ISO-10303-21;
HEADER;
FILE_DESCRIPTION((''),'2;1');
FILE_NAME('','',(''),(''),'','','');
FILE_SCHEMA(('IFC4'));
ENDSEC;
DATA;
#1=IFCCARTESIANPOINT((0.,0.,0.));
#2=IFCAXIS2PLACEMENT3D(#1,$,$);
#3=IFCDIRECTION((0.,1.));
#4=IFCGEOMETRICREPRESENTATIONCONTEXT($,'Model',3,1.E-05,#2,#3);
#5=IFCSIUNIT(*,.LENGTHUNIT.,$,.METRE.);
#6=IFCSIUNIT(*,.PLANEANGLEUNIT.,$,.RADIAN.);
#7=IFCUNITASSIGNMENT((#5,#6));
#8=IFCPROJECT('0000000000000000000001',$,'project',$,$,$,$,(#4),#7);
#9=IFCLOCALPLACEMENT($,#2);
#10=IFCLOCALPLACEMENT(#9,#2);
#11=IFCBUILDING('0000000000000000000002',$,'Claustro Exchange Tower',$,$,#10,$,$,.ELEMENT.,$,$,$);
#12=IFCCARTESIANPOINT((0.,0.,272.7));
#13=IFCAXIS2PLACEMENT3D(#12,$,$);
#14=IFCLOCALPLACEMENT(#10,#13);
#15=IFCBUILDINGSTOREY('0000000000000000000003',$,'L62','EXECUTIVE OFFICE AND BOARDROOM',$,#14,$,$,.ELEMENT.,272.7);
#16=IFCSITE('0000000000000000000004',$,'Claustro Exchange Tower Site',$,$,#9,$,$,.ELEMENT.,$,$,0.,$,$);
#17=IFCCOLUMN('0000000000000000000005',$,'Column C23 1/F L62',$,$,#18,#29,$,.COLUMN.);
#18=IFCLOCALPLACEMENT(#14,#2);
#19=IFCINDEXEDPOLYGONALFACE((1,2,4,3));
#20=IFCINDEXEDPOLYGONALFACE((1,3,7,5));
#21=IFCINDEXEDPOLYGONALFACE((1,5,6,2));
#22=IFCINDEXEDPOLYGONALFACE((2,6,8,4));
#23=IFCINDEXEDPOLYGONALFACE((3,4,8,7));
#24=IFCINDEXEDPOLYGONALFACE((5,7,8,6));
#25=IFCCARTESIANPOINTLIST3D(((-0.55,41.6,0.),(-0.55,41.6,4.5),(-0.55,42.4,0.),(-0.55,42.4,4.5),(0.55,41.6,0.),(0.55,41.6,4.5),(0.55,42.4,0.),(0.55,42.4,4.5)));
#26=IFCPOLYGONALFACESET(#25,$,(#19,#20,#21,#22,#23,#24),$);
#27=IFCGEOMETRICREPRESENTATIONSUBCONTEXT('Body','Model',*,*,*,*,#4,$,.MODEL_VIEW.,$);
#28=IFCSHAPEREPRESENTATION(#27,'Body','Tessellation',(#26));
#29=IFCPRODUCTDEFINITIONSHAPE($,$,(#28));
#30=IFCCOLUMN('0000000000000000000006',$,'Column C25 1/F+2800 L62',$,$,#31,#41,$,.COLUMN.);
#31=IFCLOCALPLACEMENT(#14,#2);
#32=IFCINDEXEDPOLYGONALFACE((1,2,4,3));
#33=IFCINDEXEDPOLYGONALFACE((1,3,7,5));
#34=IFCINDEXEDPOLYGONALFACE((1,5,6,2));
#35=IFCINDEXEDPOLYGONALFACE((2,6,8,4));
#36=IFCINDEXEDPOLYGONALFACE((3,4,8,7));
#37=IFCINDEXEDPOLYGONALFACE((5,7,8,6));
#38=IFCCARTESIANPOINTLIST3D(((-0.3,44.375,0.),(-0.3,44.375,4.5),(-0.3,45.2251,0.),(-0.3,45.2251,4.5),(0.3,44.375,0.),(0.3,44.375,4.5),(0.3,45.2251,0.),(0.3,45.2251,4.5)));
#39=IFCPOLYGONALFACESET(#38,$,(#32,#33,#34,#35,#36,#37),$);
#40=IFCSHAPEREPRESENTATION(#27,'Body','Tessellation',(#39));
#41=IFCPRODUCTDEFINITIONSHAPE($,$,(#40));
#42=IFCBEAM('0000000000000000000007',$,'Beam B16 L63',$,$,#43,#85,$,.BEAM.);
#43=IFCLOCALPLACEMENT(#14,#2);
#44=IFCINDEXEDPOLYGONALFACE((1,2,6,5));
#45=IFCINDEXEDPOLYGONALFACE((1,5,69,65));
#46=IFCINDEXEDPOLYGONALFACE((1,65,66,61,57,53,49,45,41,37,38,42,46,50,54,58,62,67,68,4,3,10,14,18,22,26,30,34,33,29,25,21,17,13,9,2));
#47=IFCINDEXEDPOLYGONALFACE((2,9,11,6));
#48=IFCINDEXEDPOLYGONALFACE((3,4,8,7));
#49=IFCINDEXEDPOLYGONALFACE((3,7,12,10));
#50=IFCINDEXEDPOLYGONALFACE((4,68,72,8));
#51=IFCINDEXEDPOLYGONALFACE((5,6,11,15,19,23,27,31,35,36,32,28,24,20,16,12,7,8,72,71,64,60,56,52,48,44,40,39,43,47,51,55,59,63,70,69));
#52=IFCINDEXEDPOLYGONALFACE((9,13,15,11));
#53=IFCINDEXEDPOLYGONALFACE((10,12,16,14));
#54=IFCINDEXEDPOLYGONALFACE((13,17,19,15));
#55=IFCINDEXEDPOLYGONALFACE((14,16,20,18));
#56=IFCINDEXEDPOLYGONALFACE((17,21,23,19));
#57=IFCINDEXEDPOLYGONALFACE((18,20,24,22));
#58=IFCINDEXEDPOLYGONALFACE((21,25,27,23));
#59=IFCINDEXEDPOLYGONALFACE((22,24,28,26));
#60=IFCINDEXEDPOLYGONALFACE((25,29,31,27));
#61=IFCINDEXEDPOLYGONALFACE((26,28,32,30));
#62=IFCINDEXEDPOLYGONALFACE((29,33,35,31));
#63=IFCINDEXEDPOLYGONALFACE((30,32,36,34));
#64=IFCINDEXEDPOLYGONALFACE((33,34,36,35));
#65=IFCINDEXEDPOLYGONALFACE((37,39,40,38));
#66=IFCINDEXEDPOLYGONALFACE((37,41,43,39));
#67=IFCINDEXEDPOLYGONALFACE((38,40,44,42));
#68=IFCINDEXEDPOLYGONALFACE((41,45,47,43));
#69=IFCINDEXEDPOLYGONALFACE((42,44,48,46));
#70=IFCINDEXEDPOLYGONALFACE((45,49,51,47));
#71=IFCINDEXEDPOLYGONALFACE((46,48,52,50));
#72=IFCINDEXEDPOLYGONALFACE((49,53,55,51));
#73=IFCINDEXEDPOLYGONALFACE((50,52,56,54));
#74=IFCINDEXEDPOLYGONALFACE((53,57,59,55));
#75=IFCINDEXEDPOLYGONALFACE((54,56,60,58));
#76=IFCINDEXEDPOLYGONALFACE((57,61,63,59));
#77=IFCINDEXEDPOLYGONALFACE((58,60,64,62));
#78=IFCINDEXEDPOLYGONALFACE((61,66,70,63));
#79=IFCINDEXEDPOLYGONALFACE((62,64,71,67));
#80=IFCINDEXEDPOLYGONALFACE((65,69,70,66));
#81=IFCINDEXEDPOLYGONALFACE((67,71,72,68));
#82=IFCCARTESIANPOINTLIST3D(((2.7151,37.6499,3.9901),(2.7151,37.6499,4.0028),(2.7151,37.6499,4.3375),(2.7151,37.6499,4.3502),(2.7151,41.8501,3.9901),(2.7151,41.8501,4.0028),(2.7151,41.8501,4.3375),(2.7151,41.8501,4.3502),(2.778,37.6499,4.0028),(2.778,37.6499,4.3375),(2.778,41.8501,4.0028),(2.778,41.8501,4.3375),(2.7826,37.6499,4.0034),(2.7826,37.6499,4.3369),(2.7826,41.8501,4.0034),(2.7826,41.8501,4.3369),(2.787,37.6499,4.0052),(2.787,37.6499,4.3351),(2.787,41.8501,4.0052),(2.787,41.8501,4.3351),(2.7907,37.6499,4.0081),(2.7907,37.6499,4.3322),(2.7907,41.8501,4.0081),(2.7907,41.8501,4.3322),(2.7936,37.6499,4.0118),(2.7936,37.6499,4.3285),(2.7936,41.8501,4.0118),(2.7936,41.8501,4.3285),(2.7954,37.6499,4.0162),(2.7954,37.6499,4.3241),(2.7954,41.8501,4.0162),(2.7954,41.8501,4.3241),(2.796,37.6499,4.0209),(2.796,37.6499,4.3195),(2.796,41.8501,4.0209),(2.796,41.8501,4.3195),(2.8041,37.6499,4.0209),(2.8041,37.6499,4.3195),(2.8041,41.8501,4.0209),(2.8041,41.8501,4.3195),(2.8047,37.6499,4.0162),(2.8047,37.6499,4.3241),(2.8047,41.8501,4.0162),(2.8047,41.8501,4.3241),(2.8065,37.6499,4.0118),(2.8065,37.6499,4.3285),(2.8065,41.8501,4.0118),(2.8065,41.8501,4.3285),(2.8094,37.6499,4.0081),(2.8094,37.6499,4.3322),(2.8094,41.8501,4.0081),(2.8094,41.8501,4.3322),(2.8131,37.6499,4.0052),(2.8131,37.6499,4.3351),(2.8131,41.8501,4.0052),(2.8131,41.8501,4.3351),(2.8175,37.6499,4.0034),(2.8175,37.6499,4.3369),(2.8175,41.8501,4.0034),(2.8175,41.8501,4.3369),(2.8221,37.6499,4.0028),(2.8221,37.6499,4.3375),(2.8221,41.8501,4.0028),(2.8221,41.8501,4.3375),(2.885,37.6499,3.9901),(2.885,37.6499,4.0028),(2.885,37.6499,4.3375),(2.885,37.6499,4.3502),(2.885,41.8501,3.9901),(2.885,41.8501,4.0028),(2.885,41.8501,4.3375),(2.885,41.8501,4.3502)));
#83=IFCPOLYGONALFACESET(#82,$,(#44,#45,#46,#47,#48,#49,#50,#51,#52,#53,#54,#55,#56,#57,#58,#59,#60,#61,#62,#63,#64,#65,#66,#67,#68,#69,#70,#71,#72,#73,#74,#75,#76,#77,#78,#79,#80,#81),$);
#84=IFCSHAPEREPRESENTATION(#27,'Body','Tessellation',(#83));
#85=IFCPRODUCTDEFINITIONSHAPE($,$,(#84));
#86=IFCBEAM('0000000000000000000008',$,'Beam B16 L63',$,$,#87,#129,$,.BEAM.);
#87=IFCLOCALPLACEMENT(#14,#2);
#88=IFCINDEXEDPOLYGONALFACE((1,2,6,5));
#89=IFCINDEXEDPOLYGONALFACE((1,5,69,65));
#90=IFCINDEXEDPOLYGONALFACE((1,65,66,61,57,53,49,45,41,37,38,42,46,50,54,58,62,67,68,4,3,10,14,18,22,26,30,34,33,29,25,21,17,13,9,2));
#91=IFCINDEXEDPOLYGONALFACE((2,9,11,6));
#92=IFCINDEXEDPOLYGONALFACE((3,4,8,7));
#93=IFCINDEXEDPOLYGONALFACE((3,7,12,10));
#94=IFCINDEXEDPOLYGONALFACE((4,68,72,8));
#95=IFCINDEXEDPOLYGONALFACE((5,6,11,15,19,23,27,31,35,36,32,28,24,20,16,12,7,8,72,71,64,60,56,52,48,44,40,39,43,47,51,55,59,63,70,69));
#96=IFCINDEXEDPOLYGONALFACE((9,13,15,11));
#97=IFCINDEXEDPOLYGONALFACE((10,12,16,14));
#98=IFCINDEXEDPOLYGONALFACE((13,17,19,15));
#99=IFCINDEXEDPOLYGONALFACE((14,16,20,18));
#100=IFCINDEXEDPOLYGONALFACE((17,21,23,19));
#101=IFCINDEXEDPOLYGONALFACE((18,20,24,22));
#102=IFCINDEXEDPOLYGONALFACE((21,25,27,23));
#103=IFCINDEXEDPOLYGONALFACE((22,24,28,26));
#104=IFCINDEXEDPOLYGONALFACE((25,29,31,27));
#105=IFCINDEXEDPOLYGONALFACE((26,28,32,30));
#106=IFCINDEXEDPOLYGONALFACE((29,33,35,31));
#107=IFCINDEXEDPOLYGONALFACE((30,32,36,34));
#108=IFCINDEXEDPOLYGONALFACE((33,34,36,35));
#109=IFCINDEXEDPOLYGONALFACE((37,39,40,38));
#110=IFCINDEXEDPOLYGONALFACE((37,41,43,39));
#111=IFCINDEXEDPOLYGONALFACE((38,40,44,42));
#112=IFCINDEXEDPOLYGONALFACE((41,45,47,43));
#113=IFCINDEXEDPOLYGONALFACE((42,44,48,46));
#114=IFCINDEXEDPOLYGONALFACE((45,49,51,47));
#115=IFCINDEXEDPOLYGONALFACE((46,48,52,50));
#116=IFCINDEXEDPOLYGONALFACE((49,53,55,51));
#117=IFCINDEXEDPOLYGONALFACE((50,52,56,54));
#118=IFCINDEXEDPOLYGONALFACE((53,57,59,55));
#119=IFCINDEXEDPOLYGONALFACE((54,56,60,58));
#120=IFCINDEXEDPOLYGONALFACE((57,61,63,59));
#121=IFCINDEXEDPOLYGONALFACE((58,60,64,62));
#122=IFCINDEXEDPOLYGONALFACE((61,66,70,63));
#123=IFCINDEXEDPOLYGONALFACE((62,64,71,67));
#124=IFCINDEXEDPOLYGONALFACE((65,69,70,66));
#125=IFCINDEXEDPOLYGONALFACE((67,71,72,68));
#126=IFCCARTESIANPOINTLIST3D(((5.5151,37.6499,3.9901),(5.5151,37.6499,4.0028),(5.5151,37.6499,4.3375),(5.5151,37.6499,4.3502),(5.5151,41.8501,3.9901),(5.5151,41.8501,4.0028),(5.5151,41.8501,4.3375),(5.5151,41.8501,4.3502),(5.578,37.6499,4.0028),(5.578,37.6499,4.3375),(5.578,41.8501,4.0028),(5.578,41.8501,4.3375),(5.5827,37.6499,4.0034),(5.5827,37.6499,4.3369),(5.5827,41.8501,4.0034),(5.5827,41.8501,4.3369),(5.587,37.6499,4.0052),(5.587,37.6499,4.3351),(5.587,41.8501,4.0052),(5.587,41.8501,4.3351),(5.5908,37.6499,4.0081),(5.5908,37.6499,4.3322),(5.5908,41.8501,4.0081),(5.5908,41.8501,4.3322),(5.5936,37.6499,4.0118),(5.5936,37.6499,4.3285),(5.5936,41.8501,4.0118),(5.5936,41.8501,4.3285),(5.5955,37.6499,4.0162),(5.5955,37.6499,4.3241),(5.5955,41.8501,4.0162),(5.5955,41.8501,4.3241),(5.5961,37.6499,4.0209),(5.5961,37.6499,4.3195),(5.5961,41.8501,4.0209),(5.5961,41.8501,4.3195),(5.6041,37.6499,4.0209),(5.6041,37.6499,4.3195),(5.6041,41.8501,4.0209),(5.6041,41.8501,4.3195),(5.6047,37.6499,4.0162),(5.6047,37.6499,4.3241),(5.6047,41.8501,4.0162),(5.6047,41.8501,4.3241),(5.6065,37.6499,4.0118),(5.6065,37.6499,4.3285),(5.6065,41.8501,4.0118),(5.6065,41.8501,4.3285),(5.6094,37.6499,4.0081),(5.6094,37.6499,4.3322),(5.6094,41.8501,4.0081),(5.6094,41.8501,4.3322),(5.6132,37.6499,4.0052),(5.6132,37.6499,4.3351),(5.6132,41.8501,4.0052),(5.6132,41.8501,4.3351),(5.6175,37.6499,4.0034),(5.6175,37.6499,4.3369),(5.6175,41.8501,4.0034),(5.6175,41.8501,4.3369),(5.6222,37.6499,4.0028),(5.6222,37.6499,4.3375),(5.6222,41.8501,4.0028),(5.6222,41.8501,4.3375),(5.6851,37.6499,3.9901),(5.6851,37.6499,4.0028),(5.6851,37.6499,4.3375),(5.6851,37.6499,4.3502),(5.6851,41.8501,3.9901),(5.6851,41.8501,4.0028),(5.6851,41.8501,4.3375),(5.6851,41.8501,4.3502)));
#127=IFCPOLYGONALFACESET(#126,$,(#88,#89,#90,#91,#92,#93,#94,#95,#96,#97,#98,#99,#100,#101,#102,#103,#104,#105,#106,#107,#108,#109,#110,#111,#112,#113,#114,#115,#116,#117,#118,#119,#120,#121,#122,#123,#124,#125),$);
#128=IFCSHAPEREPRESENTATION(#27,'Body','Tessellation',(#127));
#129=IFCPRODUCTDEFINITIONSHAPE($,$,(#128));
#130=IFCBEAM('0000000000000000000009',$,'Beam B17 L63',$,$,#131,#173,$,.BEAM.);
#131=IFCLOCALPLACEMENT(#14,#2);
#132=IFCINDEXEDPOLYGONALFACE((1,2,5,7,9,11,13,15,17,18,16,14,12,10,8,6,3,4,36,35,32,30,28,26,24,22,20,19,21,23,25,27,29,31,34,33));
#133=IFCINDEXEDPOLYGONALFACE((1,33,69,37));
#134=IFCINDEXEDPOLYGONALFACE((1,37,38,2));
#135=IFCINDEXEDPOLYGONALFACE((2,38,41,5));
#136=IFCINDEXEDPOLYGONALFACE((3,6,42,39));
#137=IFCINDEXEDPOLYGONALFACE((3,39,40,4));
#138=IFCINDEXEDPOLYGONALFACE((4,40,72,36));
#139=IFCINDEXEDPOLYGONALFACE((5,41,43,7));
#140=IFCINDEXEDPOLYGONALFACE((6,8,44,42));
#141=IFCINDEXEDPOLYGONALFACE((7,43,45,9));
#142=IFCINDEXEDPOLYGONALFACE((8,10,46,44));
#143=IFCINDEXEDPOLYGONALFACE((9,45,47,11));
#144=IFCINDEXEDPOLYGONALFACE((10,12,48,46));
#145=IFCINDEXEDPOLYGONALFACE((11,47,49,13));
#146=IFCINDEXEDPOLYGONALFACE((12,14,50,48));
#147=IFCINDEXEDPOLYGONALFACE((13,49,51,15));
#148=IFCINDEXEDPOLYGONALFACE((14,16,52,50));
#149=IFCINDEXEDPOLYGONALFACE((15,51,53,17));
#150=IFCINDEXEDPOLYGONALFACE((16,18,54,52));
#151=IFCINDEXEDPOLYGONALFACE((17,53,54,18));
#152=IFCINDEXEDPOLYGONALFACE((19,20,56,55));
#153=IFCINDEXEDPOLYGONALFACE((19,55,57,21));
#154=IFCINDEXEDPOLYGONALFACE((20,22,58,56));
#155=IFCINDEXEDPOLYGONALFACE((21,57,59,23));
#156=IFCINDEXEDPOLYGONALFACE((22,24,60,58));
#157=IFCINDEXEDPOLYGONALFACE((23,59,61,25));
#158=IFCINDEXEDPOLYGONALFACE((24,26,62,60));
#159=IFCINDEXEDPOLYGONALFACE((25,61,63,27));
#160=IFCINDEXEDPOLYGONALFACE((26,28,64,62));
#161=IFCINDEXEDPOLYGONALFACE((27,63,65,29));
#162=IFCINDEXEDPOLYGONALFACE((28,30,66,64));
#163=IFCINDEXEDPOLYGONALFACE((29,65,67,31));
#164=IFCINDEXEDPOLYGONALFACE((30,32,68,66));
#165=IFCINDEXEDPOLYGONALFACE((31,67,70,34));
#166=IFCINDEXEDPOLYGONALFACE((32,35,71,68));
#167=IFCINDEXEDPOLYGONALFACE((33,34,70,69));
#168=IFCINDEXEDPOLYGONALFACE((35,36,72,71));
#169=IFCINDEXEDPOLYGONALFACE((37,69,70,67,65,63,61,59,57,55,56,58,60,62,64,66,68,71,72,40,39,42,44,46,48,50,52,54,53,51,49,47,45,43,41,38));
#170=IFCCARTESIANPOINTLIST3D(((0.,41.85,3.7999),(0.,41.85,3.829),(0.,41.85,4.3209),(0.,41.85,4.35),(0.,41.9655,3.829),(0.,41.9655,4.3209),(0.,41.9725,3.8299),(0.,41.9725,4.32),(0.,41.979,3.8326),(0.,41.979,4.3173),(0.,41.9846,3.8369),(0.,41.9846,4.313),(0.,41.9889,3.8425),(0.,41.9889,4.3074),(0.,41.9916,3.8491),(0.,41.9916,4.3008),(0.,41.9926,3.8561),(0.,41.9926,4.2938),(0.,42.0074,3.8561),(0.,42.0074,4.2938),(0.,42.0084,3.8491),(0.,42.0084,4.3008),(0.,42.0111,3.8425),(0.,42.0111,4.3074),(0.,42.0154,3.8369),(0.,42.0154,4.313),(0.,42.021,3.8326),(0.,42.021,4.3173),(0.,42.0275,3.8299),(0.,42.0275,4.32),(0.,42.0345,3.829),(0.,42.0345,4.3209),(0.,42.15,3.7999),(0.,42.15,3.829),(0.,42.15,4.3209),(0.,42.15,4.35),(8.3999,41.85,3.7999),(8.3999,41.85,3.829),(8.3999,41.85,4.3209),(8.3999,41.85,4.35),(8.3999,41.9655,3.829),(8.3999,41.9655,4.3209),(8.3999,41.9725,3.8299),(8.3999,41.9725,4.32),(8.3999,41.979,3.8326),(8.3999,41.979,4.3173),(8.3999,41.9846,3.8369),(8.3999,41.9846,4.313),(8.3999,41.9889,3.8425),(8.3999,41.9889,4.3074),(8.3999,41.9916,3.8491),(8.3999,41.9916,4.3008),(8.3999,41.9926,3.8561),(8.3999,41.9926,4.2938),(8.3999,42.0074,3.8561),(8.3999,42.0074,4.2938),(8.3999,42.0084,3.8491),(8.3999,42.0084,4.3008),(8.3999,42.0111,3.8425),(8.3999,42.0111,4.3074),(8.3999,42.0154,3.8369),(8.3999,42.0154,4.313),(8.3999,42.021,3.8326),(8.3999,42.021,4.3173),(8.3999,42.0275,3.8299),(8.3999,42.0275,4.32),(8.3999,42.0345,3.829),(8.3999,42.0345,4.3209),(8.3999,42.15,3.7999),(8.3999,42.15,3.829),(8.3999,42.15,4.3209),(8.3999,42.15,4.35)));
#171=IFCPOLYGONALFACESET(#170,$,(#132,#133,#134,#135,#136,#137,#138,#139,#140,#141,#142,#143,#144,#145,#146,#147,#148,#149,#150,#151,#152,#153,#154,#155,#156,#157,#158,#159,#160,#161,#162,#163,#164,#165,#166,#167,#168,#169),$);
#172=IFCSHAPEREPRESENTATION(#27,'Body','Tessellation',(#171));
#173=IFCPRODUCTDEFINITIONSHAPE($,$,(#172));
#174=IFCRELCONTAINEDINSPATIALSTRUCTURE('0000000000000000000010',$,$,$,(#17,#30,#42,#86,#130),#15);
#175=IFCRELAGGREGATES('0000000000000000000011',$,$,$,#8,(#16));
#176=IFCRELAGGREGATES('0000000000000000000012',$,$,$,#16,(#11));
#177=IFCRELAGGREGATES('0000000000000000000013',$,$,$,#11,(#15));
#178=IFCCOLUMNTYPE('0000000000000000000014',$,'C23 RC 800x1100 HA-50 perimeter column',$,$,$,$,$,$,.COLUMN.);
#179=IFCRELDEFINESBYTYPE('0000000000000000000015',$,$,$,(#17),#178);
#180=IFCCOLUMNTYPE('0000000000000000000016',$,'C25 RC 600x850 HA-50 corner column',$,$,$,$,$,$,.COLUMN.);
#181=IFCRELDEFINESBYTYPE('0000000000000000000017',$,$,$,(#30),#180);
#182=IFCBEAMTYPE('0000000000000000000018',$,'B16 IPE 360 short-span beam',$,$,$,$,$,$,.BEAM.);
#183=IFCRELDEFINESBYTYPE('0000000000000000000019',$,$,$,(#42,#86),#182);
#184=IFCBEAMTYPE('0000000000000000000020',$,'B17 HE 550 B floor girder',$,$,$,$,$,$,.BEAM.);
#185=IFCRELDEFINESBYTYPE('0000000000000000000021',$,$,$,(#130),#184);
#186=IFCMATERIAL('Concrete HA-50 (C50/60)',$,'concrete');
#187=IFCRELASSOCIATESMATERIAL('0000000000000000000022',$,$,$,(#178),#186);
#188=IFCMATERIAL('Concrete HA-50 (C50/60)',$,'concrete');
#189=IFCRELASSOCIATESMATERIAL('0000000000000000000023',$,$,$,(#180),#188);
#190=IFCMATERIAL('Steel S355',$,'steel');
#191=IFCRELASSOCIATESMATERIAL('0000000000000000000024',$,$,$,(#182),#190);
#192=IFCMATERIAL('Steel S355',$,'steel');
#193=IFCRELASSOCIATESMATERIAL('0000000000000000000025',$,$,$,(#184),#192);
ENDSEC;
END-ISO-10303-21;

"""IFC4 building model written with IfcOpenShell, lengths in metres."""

from ifc_helpers import new_model, si_unit, direction, frame, origin, origin_2d, place, context, subcontext, project, spatial, rectangle, i_section, extrude, material, material_profile, profile_set, type_object, element, save


model = new_model("IFC4")

# Units and contexts
model_context = context("Model", 3, precision=1e-05, world=origin(), true_north=direction((0.0, 1.0)))
body_context = subcontext(model_context, "Body", "Model", "MODEL_VIEW")
ifc_project = project(units=[si_unit("LENGTHUNIT", "METRE"), si_unit("PLANEANGLEUNIT", "RADIAN")], contexts=[model_context])

# Site, building, storey
site_placement = place(None, origin())
site = spatial("IfcSite", under=ifc_project, at=site_placement, Name="Claustro Exchange Tower Site", CompositionType="ELEMENT", RefElevation=0.0)
building_placement = place(site_placement, origin())
building = spatial("IfcBuilding", under=site, at=building_placement, Name="Claustro Exchange Tower", CompositionType="ELEMENT")
storey_placement = place(building_placement, frame((0.0, 0.0, 272.7)))
storey = spatial("IfcBuildingStorey", under=building, at=storey_placement, Name="L62", Description="EXECUTIVE OFFICE AND BOARDROOM", CompositionType="ELEMENT", Elevation=272.7)

# Columns
ifc_material_1 = material(Name="Concrete HA-50 (C50/60)", Category="concrete")
ifc_material_profile_1 = material_profile(ifc_material_1, rectangle(XDim=0.8, YDim=1.1001, at=origin_2d()), Name="RC 800x1100")
ifc_profile_set_1 = profile_set([ifc_material_profile_1], Name="Concrete HA-50 (C50/60)")
column_type_1 = type_object("IfcColumnType", Name="C23 RC 800x1100 HA-50 perimeter column", PredefinedType="COLUMN", material=ifc_profile_set_1)
column_1_placement = place(storey_placement, frame((0.0, 42.0, 0.0), z_axis=(0.0, 0.0, 1.0), x_axis=(0.0, 1.0, 0.0)))
element("IfcColumn", 1, at=column_1_placement, inside=storey, type_object=column_type_1, Name="Column C23 1/F L62", PredefinedType="COLUMN", context=body_context, shape_type="SweptSolid", body=[
    extrude(rectangle(XDim=0.8, YDim=1.1001, at=origin_2d()), origin(), (0.0, 0.0, 1.0), 4.5),
])
ifc_material_2 = material(Name="Concrete HA-50 (C50/60)", Category="concrete")
ifc_material_profile_2 = material_profile(ifc_material_2, rectangle(XDim=0.6001, YDim=0.8501, at=origin_2d()), Name="RC 600x850")
ifc_profile_set_2 = profile_set([ifc_material_profile_2], Name="Concrete HA-50 (C50/60)")
column_type_2 = type_object("IfcColumnType", Name="C25 RC 600x850 HA-50 corner column", PredefinedType="COLUMN", material=ifc_profile_set_2)
column_2_placement = place(storey_placement, frame((0.0, 44.8, 0.0), z_axis=(0.0, 0.0, 1.0), x_axis=(1.0, 0.0, 0.0)))
element("IfcColumn", 2, at=column_2_placement, inside=storey, type_object=column_type_2, Name="Column C25 1/F+2800 L62", PredefinedType="COLUMN", context=body_context, shape_type="SweptSolid", body=[
    extrude(rectangle(XDim=0.6001, YDim=0.8501, at=origin_2d()), origin(), (0.0, 0.0, 1.0), 4.5),
])

# Beams
ifc_material_3 = material(Name="Steel S355", Category="steel")
ifc_material_profile_3 = material_profile(ifc_material_3, i_section(OverallWidth=0.1699, OverallDepth=0.3601, WebThickness=0.0081, FlangeThickness=0.0127, FilletRadius=0.0181, at=origin_2d()), Name="IPE 360")
ifc_profile_set_3 = profile_set([ifc_material_profile_3], Name="Steel S355")
beam_type_1 = type_object("IfcBeamType", Name="B16 IPE 360 short-span beam", PredefinedType="BEAM", material=ifc_profile_set_3)
for number, where, z_axis, x_axis, name in (
    (3, (2.8, 37.6499, 4.1702), (0.0, 1.0, 0.0), (-1.0, 0.0, 0.0), "Beam B16 L63"),
    (4, (5.6001, 37.6499, 4.1702), (0.0, 1.0, 0.0), (-1.0, 0.0, 0.0), "Beam B16 L63"),
):
    element("IfcBeam", number, at=place(storey_placement, frame(where, z_axis=z_axis, x_axis=x_axis)), inside=storey, type_object=beam_type_1, Name=name, PredefinedType="BEAM", context=body_context, shape_type="SweptSolid", body=[
        extrude(i_section(OverallWidth=0.1699, OverallDepth=0.3601, WebThickness=0.0081, FlangeThickness=0.0127, FilletRadius=0.0181, at=origin_2d()), origin(), (0.0, 0.0, 1.0), 4.2002),
    ])
ifc_material_4 = material(Name="Steel S355", Category="steel")
ifc_material_profile_4 = material_profile(ifc_material_4, i_section(OverallWidth=0.3, OverallDepth=0.55, WebThickness=0.0149, FlangeThickness=0.0291, FilletRadius=0.0271, at=origin_2d()), Name="HE 550 B")
ifc_profile_set_4 = profile_set([ifc_material_profile_4], Name="Steel S355")
beam_type_2 = type_object("IfcBeamType", Name="B17 HE 550 B floor girder", PredefinedType="BEAM", material=ifc_profile_set_4)
beam_1_placement = place(storey_placement, frame((0.0, 42.0, 4.075), z_axis=(1.0, 0.0, 0.0), x_axis=(0.0, 1.0, 0.0)))
element("IfcBeam", 5, at=beam_1_placement, inside=storey, type_object=beam_type_2, Name="Beam B17 L63", PredefinedType="BEAM", context=body_context, shape_type="SweptSolid", body=[
    extrude(i_section(OverallWidth=0.3, OverallDepth=0.55, WebThickness=0.0149, FlangeThickness=0.0291, FilletRadius=0.0271, at=origin_2d()), origin(), (0.0, 0.0, 1.0), 8.3999),
])

save(model, "model.ifc")
